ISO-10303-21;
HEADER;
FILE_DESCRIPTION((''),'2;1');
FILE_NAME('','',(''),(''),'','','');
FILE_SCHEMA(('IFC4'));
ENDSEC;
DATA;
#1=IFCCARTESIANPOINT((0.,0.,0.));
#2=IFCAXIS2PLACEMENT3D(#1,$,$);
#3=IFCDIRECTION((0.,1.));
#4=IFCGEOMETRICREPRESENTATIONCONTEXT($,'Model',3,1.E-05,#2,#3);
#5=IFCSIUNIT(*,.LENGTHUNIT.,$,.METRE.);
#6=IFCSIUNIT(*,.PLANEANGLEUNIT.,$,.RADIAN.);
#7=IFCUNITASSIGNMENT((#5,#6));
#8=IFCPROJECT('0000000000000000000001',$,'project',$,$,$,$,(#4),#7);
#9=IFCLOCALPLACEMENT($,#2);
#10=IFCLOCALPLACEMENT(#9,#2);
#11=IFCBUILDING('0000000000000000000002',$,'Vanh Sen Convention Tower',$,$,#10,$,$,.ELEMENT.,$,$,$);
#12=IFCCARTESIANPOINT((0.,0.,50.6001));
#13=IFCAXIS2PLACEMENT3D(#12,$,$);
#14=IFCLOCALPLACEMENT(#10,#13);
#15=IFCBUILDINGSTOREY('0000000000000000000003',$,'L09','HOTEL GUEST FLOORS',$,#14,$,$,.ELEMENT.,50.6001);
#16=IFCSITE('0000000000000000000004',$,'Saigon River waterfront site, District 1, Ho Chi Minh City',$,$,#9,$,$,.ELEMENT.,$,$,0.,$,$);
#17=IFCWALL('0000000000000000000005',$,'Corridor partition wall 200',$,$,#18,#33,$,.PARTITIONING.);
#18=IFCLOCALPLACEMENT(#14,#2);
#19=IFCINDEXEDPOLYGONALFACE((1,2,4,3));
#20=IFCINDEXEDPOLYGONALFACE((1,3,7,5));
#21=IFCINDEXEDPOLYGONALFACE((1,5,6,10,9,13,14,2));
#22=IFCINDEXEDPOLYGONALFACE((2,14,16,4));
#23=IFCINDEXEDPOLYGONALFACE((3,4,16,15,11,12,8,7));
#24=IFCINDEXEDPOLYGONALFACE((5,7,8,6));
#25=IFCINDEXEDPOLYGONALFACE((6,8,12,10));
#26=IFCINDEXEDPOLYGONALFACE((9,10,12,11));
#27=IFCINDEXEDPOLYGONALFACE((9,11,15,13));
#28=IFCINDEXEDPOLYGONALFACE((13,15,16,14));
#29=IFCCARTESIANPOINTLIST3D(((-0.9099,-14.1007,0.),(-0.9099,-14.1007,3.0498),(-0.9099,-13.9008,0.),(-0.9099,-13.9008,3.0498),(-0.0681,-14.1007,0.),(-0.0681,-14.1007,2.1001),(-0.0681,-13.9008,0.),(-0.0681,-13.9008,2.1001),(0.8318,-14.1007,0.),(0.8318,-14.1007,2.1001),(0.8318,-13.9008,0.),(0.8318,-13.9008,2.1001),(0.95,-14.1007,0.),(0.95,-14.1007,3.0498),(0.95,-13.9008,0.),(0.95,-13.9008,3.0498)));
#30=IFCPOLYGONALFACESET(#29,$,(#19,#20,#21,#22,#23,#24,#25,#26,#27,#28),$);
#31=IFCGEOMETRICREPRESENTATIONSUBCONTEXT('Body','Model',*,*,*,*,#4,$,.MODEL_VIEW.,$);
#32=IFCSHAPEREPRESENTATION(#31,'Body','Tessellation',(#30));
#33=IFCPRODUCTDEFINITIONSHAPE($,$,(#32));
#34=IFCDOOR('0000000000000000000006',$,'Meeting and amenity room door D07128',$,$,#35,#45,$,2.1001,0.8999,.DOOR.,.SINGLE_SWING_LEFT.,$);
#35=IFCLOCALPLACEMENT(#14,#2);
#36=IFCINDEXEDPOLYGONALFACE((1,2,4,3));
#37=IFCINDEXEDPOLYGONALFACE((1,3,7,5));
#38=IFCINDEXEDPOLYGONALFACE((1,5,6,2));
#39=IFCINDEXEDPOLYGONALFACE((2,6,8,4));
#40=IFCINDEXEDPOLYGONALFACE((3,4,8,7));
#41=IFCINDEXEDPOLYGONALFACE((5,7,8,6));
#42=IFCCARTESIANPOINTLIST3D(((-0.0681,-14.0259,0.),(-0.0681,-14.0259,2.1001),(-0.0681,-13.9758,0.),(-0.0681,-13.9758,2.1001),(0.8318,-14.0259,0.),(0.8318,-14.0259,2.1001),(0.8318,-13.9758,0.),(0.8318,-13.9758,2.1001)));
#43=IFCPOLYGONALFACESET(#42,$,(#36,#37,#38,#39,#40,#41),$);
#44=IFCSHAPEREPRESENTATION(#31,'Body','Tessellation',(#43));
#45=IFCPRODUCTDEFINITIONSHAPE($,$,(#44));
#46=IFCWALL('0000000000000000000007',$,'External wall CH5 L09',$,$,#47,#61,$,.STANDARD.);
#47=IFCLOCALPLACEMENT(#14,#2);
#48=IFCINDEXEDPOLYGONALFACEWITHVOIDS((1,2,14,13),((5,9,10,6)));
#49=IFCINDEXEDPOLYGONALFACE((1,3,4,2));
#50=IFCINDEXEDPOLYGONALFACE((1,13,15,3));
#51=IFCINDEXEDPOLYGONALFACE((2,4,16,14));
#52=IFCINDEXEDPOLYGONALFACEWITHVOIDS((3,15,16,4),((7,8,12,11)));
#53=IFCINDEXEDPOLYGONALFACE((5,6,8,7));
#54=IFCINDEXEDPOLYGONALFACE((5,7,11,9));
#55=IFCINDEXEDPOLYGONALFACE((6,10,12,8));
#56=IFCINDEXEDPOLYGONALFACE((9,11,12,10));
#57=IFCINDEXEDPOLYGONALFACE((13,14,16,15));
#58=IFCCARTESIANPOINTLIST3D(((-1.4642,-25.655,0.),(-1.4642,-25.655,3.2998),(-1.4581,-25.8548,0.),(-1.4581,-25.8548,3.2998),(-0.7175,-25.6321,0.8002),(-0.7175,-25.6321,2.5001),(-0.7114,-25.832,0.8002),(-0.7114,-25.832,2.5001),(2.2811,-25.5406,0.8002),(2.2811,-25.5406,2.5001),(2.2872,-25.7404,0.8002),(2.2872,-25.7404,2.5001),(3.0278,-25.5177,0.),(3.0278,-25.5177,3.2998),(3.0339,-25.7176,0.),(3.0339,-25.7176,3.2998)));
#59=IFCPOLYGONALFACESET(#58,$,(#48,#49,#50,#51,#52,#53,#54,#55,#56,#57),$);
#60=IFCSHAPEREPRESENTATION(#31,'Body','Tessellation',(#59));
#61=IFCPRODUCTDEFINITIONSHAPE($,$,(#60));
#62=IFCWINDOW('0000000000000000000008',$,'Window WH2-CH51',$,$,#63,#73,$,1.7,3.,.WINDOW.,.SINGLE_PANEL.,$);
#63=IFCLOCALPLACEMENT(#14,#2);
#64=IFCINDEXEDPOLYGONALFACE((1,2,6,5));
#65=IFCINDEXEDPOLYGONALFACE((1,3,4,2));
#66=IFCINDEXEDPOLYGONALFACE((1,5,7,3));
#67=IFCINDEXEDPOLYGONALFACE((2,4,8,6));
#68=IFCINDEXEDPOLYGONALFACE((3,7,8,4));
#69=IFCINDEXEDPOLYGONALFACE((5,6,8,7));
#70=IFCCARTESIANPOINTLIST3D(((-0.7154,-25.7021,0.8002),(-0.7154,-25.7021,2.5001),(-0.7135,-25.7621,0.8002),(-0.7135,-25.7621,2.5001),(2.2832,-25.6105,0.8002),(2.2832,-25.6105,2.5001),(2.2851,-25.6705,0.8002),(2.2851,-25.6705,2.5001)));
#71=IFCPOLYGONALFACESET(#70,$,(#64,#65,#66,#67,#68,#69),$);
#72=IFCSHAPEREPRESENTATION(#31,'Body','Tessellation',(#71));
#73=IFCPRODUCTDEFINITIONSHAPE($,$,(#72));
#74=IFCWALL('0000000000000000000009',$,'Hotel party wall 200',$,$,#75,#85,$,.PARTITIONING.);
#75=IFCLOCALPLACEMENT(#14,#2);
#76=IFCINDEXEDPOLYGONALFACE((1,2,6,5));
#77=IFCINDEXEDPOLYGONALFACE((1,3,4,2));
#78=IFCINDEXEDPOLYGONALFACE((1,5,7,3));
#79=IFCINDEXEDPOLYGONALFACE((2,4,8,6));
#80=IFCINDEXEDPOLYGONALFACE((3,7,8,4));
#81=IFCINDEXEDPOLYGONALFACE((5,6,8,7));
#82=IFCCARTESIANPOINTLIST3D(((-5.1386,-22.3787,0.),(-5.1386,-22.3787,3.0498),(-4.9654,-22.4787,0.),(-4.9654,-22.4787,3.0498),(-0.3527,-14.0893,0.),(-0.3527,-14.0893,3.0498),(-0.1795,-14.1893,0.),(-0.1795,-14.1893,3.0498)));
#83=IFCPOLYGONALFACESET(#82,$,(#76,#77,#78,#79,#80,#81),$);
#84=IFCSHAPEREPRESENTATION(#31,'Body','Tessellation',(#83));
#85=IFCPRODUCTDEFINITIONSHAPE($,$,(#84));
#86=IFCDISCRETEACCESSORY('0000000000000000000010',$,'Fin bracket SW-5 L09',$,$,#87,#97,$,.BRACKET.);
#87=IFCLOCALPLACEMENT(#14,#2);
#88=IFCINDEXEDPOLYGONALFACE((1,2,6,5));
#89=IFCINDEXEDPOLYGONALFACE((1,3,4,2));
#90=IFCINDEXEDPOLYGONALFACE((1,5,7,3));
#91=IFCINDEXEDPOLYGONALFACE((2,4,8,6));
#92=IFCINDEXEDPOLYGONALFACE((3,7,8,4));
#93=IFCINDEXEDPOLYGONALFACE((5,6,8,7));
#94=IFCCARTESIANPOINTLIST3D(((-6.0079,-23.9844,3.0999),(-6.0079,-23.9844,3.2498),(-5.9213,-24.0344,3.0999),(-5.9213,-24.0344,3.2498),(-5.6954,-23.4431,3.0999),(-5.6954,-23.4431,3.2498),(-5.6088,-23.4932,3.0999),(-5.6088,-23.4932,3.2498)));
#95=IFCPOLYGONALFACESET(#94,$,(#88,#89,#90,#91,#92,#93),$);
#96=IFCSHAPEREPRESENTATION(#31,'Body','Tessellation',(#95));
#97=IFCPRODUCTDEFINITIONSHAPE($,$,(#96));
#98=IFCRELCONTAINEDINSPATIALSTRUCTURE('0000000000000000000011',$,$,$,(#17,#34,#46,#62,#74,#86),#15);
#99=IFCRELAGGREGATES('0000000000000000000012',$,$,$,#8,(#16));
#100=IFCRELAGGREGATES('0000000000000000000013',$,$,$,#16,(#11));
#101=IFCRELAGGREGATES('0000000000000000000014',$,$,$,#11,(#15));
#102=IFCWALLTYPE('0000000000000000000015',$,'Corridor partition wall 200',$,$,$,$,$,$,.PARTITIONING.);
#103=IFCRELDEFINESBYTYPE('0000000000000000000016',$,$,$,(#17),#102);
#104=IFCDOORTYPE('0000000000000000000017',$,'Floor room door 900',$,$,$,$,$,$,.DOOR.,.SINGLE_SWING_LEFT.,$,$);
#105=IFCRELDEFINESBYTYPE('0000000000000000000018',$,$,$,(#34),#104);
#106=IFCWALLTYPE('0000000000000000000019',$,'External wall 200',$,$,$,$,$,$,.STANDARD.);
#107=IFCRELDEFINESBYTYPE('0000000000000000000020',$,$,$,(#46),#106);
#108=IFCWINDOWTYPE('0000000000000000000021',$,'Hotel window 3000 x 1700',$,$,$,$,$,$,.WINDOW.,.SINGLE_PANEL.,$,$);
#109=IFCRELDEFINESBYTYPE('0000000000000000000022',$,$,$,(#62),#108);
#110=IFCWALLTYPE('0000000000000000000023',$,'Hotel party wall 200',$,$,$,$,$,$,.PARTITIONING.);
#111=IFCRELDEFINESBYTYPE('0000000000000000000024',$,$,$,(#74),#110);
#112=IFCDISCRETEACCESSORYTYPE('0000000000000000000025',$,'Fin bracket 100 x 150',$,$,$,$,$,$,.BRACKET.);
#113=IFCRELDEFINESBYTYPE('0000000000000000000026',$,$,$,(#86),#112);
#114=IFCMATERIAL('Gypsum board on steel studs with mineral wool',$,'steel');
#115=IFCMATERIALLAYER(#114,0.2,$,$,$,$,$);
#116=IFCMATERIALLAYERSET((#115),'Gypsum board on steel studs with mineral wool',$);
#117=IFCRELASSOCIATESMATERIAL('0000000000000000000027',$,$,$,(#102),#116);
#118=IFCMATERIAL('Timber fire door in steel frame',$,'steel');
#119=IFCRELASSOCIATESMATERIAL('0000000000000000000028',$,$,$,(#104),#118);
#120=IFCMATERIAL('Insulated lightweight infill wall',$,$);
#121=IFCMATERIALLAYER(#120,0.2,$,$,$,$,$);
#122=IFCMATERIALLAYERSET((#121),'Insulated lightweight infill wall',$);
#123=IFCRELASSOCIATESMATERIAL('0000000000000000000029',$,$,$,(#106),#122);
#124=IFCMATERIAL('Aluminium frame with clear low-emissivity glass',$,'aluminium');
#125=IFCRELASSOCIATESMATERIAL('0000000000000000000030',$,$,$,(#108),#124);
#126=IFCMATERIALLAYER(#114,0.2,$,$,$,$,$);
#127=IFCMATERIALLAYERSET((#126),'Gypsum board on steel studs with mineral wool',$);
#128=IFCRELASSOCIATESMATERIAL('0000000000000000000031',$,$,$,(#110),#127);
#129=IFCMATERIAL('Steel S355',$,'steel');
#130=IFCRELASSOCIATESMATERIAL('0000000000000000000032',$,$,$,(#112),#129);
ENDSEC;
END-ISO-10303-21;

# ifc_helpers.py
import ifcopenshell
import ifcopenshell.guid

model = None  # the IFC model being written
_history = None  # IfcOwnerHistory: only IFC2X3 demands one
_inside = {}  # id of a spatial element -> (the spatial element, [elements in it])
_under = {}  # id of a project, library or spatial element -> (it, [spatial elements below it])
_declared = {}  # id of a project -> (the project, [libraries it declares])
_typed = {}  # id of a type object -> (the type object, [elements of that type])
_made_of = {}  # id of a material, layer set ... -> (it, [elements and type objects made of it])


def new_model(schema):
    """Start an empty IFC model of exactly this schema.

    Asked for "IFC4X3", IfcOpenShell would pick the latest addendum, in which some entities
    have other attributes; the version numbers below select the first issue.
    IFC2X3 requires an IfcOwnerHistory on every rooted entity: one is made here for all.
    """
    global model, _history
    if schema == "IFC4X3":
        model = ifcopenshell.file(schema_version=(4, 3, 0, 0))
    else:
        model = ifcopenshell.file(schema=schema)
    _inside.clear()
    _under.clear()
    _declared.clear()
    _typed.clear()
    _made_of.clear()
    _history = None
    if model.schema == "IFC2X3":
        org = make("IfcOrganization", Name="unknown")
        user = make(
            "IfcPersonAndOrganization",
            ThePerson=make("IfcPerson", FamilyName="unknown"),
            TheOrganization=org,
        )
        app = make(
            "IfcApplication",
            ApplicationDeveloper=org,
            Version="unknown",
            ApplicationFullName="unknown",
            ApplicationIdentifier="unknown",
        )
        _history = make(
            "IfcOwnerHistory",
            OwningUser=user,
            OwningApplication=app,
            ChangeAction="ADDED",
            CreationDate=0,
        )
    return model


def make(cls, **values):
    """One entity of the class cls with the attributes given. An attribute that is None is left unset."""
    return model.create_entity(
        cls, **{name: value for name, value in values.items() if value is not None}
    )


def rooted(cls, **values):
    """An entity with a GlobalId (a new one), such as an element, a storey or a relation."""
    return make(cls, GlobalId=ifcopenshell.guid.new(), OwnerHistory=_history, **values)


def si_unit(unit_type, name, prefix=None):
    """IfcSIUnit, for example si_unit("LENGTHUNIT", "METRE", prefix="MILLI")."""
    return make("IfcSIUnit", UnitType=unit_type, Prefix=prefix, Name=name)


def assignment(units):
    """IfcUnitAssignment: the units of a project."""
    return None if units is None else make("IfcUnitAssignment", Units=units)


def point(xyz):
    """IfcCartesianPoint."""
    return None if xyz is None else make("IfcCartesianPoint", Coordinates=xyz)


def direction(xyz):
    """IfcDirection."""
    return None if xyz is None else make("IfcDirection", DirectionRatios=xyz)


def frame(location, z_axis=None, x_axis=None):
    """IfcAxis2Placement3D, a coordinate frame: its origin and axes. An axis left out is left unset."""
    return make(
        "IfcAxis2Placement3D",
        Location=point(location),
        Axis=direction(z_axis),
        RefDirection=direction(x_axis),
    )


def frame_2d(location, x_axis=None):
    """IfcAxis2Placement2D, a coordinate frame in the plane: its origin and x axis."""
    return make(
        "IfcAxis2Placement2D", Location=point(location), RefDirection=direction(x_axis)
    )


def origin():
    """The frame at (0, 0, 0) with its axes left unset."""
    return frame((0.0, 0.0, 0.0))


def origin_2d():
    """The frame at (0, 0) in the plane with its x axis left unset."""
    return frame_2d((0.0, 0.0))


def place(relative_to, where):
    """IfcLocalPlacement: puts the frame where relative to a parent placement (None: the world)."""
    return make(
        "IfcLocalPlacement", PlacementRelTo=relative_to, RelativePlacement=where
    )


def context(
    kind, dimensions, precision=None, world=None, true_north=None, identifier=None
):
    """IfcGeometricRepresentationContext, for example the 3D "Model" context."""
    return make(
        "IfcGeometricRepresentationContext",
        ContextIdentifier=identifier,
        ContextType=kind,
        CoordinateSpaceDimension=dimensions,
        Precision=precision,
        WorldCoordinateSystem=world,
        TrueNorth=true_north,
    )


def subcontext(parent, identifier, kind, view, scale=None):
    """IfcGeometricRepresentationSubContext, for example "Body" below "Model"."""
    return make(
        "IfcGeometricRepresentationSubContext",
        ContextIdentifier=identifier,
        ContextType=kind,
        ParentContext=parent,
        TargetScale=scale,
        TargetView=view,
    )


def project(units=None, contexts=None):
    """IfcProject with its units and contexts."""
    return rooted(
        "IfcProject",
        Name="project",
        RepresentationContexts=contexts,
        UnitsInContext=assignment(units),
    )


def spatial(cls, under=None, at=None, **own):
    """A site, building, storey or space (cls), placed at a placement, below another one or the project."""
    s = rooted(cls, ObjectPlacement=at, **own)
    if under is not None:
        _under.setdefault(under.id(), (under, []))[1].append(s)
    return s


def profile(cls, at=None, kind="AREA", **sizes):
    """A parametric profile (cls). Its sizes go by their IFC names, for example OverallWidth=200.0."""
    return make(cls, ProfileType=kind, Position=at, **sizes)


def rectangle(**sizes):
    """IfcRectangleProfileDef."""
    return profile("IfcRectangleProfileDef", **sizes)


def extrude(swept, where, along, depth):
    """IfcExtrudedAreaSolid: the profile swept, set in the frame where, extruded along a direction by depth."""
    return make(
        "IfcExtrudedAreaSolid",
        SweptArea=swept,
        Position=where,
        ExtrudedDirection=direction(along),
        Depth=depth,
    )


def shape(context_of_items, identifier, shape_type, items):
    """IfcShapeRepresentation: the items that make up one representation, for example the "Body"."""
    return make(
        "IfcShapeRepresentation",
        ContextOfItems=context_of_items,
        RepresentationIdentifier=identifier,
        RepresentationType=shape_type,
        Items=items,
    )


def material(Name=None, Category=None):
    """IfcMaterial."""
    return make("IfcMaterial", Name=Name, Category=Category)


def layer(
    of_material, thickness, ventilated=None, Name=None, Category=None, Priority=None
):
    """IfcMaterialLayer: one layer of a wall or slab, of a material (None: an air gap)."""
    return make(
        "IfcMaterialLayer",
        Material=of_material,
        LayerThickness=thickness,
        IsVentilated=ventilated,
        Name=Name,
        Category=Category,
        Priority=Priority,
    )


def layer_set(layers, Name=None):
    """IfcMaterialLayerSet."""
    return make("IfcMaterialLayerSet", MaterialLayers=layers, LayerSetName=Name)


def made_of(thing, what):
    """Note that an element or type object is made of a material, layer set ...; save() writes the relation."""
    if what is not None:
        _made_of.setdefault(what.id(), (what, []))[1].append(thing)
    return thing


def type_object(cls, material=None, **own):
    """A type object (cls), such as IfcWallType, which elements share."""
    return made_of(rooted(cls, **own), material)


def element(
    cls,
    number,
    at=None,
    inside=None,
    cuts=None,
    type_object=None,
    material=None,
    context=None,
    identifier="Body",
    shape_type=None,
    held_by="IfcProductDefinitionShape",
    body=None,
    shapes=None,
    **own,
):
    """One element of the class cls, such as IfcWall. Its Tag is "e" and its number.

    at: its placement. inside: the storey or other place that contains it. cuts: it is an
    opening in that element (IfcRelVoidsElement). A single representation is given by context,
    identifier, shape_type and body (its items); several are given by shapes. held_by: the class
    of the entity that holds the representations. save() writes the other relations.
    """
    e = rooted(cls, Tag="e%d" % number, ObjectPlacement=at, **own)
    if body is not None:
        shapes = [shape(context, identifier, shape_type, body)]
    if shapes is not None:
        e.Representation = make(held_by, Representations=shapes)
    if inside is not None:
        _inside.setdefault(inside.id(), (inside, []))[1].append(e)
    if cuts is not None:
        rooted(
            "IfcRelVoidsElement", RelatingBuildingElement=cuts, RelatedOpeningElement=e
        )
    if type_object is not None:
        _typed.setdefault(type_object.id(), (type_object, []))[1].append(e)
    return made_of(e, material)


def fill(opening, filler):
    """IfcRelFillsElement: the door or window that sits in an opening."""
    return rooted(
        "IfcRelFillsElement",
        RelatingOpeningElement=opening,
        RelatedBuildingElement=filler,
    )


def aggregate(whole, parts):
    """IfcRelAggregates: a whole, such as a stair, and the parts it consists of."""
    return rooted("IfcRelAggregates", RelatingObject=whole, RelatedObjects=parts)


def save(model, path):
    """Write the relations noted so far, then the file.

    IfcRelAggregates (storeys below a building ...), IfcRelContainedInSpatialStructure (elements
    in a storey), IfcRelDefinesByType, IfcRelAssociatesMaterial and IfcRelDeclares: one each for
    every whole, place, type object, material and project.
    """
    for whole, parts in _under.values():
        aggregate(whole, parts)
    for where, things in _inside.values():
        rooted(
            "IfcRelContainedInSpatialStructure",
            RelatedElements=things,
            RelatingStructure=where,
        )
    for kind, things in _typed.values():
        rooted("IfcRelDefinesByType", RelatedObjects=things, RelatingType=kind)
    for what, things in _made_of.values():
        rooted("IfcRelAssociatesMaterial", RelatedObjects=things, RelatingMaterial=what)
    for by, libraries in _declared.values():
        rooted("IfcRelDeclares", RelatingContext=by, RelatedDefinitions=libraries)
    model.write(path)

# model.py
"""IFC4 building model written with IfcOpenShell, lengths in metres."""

from ifc_helpers import new_model, si_unit, direction, frame, frame_2d, origin, origin_2d, place, context, subcontext, project, spatial, rectangle, extrude, material, layer, layer_set, type_object, element, fill, save


model = new_model("IFC4")

# Units and contexts
model_context = context("Model", 3, precision=1e-05, world=origin(), true_north=direction((0.0, 1.0)))
body_context = subcontext(model_context, "Body", "Model", "MODEL_VIEW")
ifc_project = project(units=[si_unit("LENGTHUNIT", "METRE"), si_unit("PLANEANGLEUNIT", "RADIAN")], contexts=[model_context])

# Site, building, storey
site_placement = place(None, origin())
site = spatial("IfcSite", under=ifc_project, at=site_placement, Name="Saigon River waterfront site, District 1, Ho Chi Minh City", CompositionType="ELEMENT", RefElevation=0.0)
building_placement = place(site_placement, origin())
building = spatial("IfcBuilding", under=site, at=building_placement, Name="Vanh Sen Convention Tower", CompositionType="ELEMENT")
storey_placement = place(building_placement, frame((0.0, 0.0, 50.6001)))
storey = spatial("IfcBuildingStorey", under=building, at=storey_placement, Name="L09", Description="HOTEL GUEST FLOORS", CompositionType="ELEMENT", Elevation=50.6001)

# Wall, opening, door
ifc_material_1 = material(Name="Gypsum board on steel studs with mineral wool", Category="steel")
ifc_layer_1 = layer(ifc_material_1, 0.2)
ifc_layer_set_1 = layer_set([ifc_layer_1], Name="Gypsum board on steel studs with mineral wool")
wall_type_1 = type_object("IfcWallType", Name="Corridor partition wall 200", PredefinedType="PARTITIONING", material=ifc_layer_set_1)
wall_1_placement = place(storey_placement, frame((-0.9099, -14.0007, 0.0), z_axis=(0.0, 0.0, 1.0), x_axis=(1.0, 0.0, 0.0)))
wall_1 = element("IfcWall", 1, at=wall_1_placement, inside=storey, type_object=wall_type_1, Name="Corridor partition wall 200", PredefinedType="PARTITIONING", context=body_context, shape_type="SweptSolid", body=[
    extrude(rectangle(XDim=1.8599, YDim=0.2, at=frame_2d((0.9299, 0.0))), origin(), (0.0, 0.0, 1.0), 3.0498),
])
opening_1_placement = place(wall_1_placement, frame((0.8418, 0.0, 0.0)))
opening_1 = element("IfcOpeningElement", 2, at=opening_1_placement, cuts=wall_1, PredefinedType="OPENING", context=body_context, shape_type="SweptSolid", body=[
    extrude(rectangle(XDim=0.8999, YDim=2.1001, at=frame_2d((0.45, 1.05))), frame((0.0, 0.1099, 0.0), z_axis=(0.0, -1.0, 0.0), x_axis=(1.0, 0.0, 0.0)), (0.0, 0.0, 1.0), 0.22),
])
ifc_material_2 = material(Name="Timber fire door in steel frame", Category="steel")
door_type_1 = type_object("IfcDoorType", Name="Floor room door 900", OperationType="SINGLE_SWING_LEFT", PredefinedType="DOOR", material=ifc_material_2)
door_1_placement = place(opening_1_placement, origin())
door_1 = element("IfcDoor", 3, at=door_1_placement, inside=storey, type_object=door_type_1, Name="Meeting and amenity room door D07128", OperationType="SINGLE_SWING_LEFT", OverallHeight=2.1001, OverallWidth=0.8999, PredefinedType="DOOR", context=body_context, shape_type="SweptSolid", body=[
    extrude(rectangle(XDim=0.8999, YDim=2.1001, at=frame_2d((0.45, 1.05))), frame((0.0, 0.0249, 0.0), z_axis=(0.0, -1.0, 0.0), x_axis=(1.0, 0.0, 0.0)), (0.0, 0.0, 1.0), 0.05),
])
fill(opening_1, door_1)

# Wall, opening, window
ifc_material_3 = material(Name="Insulated lightweight infill wall")
ifc_layer_2 = layer(ifc_material_3, 0.2)
ifc_layer_set_2 = layer_set([ifc_layer_2], Name="Insulated lightweight infill wall")
wall_type_2 = type_object("IfcWallType", Name="External wall 200", PredefinedType="STANDARD", material=ifc_layer_set_2)
wall_2_placement = place(storey_placement, frame((-1.4612, -25.7549, 0.0), z_axis=(0.0, 0.0, 1.0), x_axis=(0.999534, 0.030531, 0.0)))
wall_2 = element("IfcWall", 4, at=wall_2_placement, inside=storey, type_object=wall_type_2, Name="External wall CH5 L09", PredefinedType="STANDARD", context=body_context, shape_type="SweptSolid", body=[
    extrude(rectangle(XDim=4.4941, YDim=0.2, at=frame_2d((2.2471, 0.0))), origin(), (0.0, 0.0, 1.0), 3.2998),
])
opening_2_placement = place(wall_2_placement, frame((0.7471, 0.0, 0.8)))
opening_2 = element("IfcOpeningElement", 5, at=opening_2_placement, cuts=wall_2, PredefinedType="OPENING", context=body_context, shape_type="SweptSolid", body=[
    extrude(rectangle(XDim=3.0, YDim=1.7, at=frame_2d((1.5, 0.8501))), frame((0.0, 0.1099, 0.0), z_axis=(0.0, -1.0, 0.0), x_axis=(1.0, 0.0, 0.0)), (0.0, 0.0, 1.0), 0.22),
])
ifc_material_4 = material(Name="Aluminium frame with clear low-emissivity glass", Category="aluminium")
window_type = type_object("IfcWindowType", Name="Hotel window 3000 x 1700", PartitioningType="SINGLE_PANEL", PredefinedType="WINDOW", material=ifc_material_4)
window_placement = place(opening_2_placement, origin())
window = element("IfcWindow", 6, at=window_placement, inside=storey, type_object=window_type, Name="Window WH2-CH51", OverallHeight=1.7, OverallWidth=3.0, PartitioningType="SINGLE_PANEL", PredefinedType="WINDOW", context=body_context, shape_type="SweptSolid", body=[
    extrude(rectangle(XDim=3.0, YDim=1.7, at=frame_2d((1.5, 0.8501))), frame((0.0, 0.03, 0.0), z_axis=(0.0, -1.0, 0.0), x_axis=(1.0, 0.0, 0.0)), (0.0, 0.0, 1.0), 0.0601),
])
fill(opening_2, window)

# Wall
ifc_layer_3 = layer(ifc_material_1, 0.2)
ifc_layer_set_3 = layer_set([ifc_layer_3], Name="Gypsum board on steel studs with mineral wool")
wall_type_3 = type_object("IfcWallType", Name="Hotel party wall 200", PredefinedType="PARTITIONING", material=ifc_layer_set_3)
wall_3_placement = place(storey_placement, frame((-5.052, -22.4287, 0.0), z_axis=(0.0, 0.0, 1.0), x_axis=(0.500004, 0.866023, 0.0)))
element("IfcWall", 7, at=wall_3_placement, inside=storey, type_object=wall_type_3, Name="Hotel party wall 200", PredefinedType="PARTITIONING", context=body_context, shape_type="SweptSolid", body=[
    extrude(rectangle(XDim=9.5718, YDim=0.2, at=frame_2d((4.7859, 0.0))), origin(), (0.0, 0.0, 1.0), 3.0498),
])

# Discrete accessory
ifc_material_5 = material(Name="Steel S355", Category="steel")
discrete_accessory_type = type_object("IfcDiscreteAccessoryType", Name="Fin bracket 100 x 150", PredefinedType="BRACKET", material=ifc_material_5)
discrete_accessory_placement = place(storey_placement, frame((-5.8083, -23.7388, 3.0999), z_axis=(0.0, 0.0, 1.0), x_axis=(-0.5, -0.866025, 0.0)))
element("IfcDiscreteAccessory", 8, at=discrete_accessory_placement, inside=storey, type_object=discrete_accessory_type, Name="Fin bracket SW-5 L09", PredefinedType="BRACKET", context=body_context, shape_type="SweptSolid", body=[
    extrude(rectangle(XDim=0.625, YDim=0.1001, at=origin_2d()), origin(), (0.0, 0.0, 1.0), 0.1499),
])

save(model, "model.ifc")
